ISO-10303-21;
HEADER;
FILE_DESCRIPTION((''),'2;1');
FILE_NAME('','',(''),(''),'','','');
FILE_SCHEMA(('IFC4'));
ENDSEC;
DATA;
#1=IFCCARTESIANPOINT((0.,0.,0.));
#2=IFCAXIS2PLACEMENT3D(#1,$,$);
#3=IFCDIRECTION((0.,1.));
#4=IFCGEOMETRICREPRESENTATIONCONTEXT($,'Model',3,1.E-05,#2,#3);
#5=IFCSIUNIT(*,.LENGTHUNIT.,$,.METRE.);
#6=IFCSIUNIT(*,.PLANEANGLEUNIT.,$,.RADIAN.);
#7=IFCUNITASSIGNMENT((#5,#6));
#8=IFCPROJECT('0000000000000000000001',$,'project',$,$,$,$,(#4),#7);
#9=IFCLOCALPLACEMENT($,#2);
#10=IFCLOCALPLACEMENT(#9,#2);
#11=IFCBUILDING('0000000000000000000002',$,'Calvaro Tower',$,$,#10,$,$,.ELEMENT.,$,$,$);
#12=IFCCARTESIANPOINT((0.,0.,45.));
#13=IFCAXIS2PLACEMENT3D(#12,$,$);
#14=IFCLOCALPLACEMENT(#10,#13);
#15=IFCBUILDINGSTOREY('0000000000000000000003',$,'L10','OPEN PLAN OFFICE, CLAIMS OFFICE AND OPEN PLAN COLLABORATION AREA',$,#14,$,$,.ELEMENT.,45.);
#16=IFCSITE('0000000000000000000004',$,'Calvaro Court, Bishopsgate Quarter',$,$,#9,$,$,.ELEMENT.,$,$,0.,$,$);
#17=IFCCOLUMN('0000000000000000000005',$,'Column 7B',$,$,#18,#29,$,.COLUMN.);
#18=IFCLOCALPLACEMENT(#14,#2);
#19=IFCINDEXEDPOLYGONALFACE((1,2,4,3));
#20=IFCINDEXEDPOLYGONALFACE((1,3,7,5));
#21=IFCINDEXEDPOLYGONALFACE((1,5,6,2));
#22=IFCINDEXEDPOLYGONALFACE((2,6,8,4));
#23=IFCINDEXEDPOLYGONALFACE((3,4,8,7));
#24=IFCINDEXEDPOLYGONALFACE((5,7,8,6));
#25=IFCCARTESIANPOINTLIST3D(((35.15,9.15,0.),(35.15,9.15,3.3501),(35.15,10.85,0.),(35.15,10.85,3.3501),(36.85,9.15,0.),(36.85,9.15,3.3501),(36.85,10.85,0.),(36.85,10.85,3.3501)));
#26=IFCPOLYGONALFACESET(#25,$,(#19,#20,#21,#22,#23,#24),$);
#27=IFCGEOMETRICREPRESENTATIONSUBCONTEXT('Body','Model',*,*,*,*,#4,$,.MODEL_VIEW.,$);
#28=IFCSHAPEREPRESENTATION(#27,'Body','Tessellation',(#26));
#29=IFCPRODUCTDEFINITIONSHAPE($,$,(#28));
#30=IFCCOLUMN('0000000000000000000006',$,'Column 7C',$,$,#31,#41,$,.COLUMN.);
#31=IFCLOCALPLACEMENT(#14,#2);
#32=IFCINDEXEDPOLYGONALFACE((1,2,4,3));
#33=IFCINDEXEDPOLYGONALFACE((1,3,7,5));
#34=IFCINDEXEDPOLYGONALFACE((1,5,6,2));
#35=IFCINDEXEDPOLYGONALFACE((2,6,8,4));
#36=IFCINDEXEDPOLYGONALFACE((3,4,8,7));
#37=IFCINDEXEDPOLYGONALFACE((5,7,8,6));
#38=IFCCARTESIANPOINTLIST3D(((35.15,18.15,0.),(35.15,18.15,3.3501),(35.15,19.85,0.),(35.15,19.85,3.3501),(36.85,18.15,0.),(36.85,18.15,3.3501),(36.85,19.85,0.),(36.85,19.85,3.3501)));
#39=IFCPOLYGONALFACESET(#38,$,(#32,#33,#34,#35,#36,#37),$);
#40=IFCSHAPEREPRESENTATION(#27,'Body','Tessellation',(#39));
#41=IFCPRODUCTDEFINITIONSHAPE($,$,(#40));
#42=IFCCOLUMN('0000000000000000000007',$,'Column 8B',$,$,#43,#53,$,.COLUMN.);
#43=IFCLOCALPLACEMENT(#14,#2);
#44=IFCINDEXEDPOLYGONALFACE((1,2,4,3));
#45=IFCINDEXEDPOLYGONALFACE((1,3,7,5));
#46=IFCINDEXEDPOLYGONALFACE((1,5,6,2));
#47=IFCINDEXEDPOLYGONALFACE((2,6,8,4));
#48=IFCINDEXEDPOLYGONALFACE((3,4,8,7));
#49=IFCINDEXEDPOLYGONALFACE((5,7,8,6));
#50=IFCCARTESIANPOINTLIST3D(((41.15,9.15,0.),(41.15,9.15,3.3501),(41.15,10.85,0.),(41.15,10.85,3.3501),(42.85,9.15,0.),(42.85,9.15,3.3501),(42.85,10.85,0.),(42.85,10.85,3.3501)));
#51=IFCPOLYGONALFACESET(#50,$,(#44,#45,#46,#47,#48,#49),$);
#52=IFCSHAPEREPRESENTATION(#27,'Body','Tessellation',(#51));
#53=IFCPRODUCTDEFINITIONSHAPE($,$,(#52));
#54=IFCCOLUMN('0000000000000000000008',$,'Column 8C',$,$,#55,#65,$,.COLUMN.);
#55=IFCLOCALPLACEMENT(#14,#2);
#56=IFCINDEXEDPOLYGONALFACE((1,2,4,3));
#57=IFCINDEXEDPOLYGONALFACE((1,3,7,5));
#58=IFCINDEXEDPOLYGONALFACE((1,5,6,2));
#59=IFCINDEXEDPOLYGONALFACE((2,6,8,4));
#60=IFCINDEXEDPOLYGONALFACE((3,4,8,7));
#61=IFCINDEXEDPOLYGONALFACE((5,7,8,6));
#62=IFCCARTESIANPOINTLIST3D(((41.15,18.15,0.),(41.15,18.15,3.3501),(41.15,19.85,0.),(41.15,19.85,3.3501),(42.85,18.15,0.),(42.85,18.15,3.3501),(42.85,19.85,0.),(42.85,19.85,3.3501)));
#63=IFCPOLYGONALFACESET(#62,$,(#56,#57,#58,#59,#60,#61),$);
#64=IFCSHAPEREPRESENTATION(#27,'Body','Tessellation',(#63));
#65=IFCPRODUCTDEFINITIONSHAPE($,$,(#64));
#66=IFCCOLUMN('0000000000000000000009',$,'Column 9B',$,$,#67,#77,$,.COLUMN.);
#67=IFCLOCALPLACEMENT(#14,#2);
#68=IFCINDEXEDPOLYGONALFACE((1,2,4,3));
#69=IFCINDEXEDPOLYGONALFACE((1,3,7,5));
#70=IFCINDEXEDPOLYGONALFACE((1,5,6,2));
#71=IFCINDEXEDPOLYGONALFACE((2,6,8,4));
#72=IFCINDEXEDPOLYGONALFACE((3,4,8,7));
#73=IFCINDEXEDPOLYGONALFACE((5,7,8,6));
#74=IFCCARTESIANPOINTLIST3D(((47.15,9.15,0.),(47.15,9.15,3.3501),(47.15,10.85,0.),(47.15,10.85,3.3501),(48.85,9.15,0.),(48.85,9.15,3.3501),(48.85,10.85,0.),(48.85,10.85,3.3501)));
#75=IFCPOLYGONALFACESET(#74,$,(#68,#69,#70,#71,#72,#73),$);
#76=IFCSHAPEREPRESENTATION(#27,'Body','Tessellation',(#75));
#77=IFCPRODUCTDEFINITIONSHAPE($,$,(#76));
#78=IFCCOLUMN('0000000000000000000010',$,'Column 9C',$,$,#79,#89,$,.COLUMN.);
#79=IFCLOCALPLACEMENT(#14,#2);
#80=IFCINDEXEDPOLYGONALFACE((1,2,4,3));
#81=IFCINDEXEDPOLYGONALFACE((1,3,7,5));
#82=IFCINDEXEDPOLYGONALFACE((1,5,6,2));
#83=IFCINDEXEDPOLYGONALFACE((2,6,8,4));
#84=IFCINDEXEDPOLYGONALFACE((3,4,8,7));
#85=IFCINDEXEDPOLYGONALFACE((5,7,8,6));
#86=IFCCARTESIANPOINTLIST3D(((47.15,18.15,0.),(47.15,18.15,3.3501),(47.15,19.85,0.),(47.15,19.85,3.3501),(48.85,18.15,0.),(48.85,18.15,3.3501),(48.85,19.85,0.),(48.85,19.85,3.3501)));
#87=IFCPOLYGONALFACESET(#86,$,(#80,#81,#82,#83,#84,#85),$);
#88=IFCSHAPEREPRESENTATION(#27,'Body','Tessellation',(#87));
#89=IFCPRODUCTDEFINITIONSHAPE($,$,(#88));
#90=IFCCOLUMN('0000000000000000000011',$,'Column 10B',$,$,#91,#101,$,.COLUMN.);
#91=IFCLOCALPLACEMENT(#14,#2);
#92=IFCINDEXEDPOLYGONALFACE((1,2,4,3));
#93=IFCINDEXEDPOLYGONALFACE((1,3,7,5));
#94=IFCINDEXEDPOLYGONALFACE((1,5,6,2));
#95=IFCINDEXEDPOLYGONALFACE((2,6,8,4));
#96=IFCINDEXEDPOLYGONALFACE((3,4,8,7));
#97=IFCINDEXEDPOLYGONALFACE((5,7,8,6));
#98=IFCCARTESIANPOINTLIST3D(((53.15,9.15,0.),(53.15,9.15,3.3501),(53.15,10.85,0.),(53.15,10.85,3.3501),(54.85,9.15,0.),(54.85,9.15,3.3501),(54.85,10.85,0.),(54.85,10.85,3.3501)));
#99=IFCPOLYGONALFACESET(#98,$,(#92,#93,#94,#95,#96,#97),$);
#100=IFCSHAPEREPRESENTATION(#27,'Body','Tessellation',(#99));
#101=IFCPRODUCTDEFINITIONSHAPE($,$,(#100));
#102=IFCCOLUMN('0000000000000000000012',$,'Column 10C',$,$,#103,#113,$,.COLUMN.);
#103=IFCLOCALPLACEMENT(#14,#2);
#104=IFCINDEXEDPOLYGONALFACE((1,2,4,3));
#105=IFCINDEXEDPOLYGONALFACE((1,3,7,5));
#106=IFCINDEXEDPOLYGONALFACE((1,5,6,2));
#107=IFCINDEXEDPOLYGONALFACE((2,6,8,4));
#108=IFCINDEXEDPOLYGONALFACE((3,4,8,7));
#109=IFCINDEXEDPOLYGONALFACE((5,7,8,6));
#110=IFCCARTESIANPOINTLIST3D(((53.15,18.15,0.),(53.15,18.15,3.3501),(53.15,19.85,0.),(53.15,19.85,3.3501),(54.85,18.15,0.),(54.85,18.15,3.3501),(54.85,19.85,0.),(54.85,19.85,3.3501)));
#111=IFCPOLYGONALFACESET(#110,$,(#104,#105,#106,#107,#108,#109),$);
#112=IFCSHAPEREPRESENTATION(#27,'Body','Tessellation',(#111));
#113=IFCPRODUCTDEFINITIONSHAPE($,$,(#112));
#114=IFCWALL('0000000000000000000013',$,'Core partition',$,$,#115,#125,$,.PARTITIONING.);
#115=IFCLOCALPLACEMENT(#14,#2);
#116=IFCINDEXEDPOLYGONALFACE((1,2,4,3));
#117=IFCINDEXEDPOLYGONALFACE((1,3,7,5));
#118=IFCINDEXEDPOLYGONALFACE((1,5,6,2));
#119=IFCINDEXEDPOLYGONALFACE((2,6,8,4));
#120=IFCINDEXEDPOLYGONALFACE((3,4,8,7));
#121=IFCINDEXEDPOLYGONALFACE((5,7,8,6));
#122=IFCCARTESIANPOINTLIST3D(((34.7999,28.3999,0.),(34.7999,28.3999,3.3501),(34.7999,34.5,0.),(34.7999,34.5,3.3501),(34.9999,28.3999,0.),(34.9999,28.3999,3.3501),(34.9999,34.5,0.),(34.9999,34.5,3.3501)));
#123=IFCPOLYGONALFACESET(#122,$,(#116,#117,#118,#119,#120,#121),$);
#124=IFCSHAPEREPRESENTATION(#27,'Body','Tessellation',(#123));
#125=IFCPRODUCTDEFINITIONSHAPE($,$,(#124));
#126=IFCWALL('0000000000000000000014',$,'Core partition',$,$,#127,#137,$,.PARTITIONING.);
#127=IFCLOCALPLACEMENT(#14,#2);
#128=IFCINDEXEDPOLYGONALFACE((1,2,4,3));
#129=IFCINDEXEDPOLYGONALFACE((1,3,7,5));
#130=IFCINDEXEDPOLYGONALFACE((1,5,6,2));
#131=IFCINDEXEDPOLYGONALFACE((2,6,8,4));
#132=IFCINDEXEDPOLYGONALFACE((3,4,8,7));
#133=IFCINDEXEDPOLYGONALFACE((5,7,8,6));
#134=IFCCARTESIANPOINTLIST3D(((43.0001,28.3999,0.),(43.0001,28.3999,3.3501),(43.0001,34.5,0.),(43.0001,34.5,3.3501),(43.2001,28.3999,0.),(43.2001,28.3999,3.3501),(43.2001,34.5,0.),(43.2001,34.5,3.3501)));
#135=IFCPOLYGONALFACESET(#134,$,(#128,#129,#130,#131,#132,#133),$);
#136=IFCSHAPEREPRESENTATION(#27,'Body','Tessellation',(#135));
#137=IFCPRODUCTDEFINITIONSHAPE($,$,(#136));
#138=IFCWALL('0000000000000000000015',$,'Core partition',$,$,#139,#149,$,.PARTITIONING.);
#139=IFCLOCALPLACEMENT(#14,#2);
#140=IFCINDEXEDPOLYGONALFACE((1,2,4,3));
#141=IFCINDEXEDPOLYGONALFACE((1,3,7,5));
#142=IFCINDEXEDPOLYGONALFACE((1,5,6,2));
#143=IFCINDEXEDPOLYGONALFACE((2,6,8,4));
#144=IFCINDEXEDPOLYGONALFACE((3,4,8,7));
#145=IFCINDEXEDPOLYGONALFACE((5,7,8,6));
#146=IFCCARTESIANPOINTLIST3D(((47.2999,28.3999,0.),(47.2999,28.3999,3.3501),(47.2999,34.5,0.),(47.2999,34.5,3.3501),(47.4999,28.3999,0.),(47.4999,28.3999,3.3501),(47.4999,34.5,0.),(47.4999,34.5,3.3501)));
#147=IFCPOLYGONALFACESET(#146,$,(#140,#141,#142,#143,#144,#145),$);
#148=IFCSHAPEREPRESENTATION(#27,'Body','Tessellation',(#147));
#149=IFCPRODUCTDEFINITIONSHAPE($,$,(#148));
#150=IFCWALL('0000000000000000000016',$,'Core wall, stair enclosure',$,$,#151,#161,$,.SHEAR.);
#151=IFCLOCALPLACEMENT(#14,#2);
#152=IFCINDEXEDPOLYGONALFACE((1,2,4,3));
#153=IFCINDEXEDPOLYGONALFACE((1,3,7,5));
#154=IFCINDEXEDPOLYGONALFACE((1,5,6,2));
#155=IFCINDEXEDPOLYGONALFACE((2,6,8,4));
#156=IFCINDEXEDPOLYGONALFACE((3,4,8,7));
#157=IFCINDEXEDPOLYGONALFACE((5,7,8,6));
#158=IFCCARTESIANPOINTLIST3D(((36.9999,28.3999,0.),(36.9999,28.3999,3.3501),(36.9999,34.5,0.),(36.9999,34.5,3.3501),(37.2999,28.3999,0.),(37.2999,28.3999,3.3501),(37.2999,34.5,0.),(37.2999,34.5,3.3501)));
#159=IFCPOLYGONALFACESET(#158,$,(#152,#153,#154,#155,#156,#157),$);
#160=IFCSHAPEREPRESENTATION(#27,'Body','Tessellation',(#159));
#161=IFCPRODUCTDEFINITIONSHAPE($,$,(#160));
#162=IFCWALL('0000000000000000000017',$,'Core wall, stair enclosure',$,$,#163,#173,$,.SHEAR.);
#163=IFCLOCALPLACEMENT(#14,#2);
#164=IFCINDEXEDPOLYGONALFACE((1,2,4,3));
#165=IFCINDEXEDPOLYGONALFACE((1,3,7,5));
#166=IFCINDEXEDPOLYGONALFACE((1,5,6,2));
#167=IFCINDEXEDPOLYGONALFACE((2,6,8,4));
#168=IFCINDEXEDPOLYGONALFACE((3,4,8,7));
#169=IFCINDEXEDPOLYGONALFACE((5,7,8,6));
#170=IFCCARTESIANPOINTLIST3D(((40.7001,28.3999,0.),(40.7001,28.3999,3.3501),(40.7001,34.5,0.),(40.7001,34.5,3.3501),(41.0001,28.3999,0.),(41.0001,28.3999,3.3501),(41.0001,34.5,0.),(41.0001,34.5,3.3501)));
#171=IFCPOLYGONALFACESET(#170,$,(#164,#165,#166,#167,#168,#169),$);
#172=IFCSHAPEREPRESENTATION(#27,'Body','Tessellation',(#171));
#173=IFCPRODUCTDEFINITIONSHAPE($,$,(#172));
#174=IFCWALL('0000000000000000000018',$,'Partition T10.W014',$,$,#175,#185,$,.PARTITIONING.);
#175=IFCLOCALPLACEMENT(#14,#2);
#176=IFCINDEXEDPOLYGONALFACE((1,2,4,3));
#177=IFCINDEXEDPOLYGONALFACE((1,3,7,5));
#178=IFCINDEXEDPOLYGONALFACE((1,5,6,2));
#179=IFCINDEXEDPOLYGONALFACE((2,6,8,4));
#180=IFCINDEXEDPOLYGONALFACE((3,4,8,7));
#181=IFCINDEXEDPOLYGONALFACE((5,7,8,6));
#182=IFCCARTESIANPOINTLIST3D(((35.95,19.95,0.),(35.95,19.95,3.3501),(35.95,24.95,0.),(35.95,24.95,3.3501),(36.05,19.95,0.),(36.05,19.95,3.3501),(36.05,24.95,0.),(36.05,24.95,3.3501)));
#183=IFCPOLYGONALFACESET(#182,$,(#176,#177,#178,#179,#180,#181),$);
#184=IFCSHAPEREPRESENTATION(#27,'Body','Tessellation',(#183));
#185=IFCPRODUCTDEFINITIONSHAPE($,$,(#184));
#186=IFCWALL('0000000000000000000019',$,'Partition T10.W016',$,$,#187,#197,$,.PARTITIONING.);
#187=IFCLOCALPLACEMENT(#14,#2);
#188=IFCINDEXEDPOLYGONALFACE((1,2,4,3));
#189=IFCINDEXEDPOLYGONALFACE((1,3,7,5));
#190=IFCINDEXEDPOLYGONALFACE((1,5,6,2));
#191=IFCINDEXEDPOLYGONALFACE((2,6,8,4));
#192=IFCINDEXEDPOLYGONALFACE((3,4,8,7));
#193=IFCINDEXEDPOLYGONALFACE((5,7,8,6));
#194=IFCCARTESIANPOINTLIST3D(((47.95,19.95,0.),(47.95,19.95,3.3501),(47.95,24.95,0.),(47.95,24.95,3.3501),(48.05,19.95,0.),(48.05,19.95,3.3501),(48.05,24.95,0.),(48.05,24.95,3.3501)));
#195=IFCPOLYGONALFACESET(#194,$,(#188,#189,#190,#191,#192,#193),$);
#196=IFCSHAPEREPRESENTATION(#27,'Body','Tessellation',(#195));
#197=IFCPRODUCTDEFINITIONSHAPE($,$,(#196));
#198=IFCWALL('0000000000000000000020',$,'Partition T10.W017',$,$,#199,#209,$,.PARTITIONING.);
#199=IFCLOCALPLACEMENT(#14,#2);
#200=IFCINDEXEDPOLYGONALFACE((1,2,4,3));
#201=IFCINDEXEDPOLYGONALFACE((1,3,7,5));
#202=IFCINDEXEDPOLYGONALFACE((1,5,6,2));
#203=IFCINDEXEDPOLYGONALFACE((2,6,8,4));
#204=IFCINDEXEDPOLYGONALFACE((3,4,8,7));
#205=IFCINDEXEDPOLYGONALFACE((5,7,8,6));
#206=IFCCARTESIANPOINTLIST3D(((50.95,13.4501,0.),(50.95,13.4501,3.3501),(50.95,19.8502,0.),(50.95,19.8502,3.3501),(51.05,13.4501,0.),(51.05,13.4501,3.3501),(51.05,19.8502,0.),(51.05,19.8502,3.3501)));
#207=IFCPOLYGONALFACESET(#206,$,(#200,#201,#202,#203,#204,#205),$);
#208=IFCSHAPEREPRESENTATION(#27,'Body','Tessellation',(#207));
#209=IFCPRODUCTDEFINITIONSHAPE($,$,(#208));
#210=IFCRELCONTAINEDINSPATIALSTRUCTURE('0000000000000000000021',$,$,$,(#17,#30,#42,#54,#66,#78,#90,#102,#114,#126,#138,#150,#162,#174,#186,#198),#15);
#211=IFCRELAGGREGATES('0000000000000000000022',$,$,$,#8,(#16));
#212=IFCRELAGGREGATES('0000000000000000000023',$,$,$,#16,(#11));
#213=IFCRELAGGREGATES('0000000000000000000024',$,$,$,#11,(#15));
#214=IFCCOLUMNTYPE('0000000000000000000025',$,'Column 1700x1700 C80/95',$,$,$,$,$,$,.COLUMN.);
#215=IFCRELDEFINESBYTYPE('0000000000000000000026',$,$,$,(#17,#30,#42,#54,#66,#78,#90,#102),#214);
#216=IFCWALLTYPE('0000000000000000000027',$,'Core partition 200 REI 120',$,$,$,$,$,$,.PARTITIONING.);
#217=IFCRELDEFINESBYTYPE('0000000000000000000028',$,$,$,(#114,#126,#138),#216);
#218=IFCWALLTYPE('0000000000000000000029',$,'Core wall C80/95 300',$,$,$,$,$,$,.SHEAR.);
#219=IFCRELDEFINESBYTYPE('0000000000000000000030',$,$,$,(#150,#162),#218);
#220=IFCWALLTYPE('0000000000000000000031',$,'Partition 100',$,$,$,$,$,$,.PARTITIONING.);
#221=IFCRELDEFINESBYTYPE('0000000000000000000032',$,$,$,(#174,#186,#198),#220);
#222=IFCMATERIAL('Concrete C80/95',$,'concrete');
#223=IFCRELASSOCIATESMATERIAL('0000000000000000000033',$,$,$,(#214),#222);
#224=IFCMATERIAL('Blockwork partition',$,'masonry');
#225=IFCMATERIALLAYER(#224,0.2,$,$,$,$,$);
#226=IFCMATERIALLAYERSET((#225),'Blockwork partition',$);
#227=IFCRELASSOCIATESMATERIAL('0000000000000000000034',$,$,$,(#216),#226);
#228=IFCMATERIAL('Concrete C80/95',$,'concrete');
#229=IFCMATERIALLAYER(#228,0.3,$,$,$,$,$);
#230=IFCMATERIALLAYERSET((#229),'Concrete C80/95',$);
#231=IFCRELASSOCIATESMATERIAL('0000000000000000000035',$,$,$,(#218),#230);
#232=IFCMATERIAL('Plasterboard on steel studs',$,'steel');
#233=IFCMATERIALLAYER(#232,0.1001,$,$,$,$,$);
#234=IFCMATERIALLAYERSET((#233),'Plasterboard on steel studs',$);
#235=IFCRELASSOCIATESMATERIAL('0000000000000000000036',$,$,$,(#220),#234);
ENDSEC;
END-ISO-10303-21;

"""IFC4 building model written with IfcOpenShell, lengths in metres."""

from ifc_helpers import new_model, si_unit, direction, frame, frame_2d, origin, origin_2d, place, context, subcontext, project, spatial, rectangle, extrude, material, layer, layer_set, material_profile, profile_set, type_object, element, save


model = new_model("IFC4")

# Units and contexts
model_context = context("Model", 3, precision=1e-05, world=origin(), true_north=direction((0.0, 1.0)))
body_context = subcontext(model_context, "Body", "Model", "MODEL_VIEW")
ifc_project = project(units=[si_unit("LENGTHUNIT", "METRE"), si_unit("PLANEANGLEUNIT", "RADIAN")], contexts=[model_context])

# Site, building, storey
site_placement = place(None, origin())
site = spatial("IfcSite", under=ifc_project, at=site_placement, Name="Calvaro Court, Bishopsgate Quarter", CompositionType="ELEMENT", RefElevation=0.0)
building_placement = place(site_placement, origin())
building = spatial("IfcBuilding", under=site, at=building_placement, Name="Calvaro Tower", CompositionType="ELEMENT")
storey_placement = place(building_placement, frame((0.0, 0.0, 45.0)))
storey = spatial("IfcBuildingStorey", under=building, at=storey_placement, Name="L10", Description="OPEN PLAN OFFICE, CLAIMS OFFICE AND OPEN PLAN COLLABORATION AREA", CompositionType="ELEMENT", Elevation=45.0)

# Columns
ifc_material_1 = material(Name="Concrete C80/95", Category="concrete")
ifc_material_profile = material_profile(ifc_material_1, rectangle(XDim=1.7, YDim=1.7, at=origin_2d()), Name="RC 1700x1700")
ifc_profile_set = profile_set([ifc_material_profile], Name="Concrete C80/95")
column_type = type_object("IfcColumnType", Name="Column 1700x1700 C80/95", PredefinedType="COLUMN", material=ifc_profile_set)
for number, where, z_axis, x_axis, name in (
    (1, (36.0, 10.0, 0.0), (0.0, 0.0, 1.0), (1.0, 0.0, 0.0), "Column 7B"),
    (2, (36.0, 19.0, 0.0), (0.0, 0.0, 1.0), (1.0, 0.0, 0.0), "Column 7C"),
    (3, (42.0, 10.0, 0.0), (0.0, 0.0, 1.0), (1.0, 0.0, 0.0), "Column 8B"),
    (4, (42.0, 19.0, 0.0), (0.0, 0.0, 1.0), (1.0, 0.0, 0.0), "Column 8C"),
    (5, (48.0, 10.0, 0.0), (0.0, 0.0, 1.0), (1.0, 0.0, 0.0), "Column 9B"),
    (6, (48.0, 19.0, 0.0), (0.0, 0.0, 1.0), (1.0, 0.0, 0.0), "Column 9C"),
    (7, (54.0, 10.0, 0.0), (0.0, 0.0, 1.0), (1.0, 0.0, 0.0), "Column 10B"),
    (8, (54.0, 19.0, 0.0), (0.0, 0.0, 1.0), (1.0, 0.0, 0.0), "Column 10C"),
):
    element("IfcColumn", number, at=place(storey_placement, frame(where, z_axis=z_axis, x_axis=x_axis)), inside=storey, type_object=column_type, Name=name, PredefinedType="COLUMN", context=body_context, shape_type="SweptSolid", body=[
        extrude(rectangle(XDim=1.7, YDim=1.7, at=origin_2d()), origin(), (0.0, 0.0, 1.0), 3.3501),
    ])

# Walls
ifc_material_2 = material(Name="Blockwork partition", Category="masonry")
ifc_layer_1 = layer(ifc_material_2, 0.2)
ifc_layer_set_1 = layer_set([ifc_layer_1], Name="Blockwork partition")
wall_type_1 = type_object("IfcWallType", Name="Core partition 200 REI 120", PredefinedType="PARTITIONING", material=ifc_layer_set_1)
for number, where, z_axis, x_axis, name in (
    (9, (34.8999, 28.3999, 0.0), (0.0, 0.0, 1.0), (0.0, 1.0, 0.0), "Core partition"),
    (10, (43.1001, 28.3999, 0.0), (0.0, 0.0, 1.0), (0.0, 1.0, 0.0), "Core partition"),
    (11, (47.3999, 28.3999, 0.0), (0.0, 0.0, 1.0), (0.0, 1.0, 0.0), "Core partition"),
):
    element("IfcWall", number, at=place(storey_placement, frame(where, z_axis=z_axis, x_axis=x_axis)), inside=storey, type_object=wall_type_1, Name=name, PredefinedType="PARTITIONING", context=body_context, shape_type="SweptSolid", body=[
        extrude(rectangle(XDim=6.1001, YDim=0.2, at=frame_2d((3.05, 0.0))), origin(), (0.0, 0.0, 1.0), 3.3501),
    ])
ifc_material_3 = material(Name="Concrete C80/95", Category="concrete")
ifc_layer_2 = layer(ifc_material_3, 0.3)
ifc_layer_set_2 = layer_set([ifc_layer_2], Name="Concrete C80/95")
wall_type_2 = type_object("IfcWallType", Name="Core wall C80/95 300", PredefinedType="SHEAR", material=ifc_layer_set_2)
for number, where, z_axis, x_axis, name in (
    (12, (37.1499, 28.3999, 0.0), (0.0, 0.0, 1.0), (0.0, 1.0, 0.0), "Core wall, stair enclosure"),
    (13, (40.8501, 28.3999, 0.0), (0.0, 0.0, 1.0), (0.0, 1.0, 0.0), "Core wall, stair enclosure"),
):
    element("IfcWall", number, at=place(storey_placement, frame(where, z_axis=z_axis, x_axis=x_axis)), inside=storey, type_object=wall_type_2, Name=name, PredefinedType="SHEAR", context=body_context, shape_type="SweptSolid", body=[
        extrude(rectangle(XDim=6.1001, YDim=0.3, at=frame_2d((3.05, 0.0))), origin(), (0.0, 0.0, 1.0), 3.3501),
    ])
ifc_material_4 = material(Name="Plasterboard on steel studs", Category="steel")
ifc_layer_3 = layer(ifc_material_4, 0.1001)
ifc_layer_set_3 = layer_set([ifc_layer_3], Name="Plasterboard on steel studs")
wall_type_3 = type_object("IfcWallType", Name="Partition 100", PredefinedType="PARTITIONING", material=ifc_layer_set_3)
for number, where, z_axis, x_axis, name in (
    (14, (36.0, 19.95, 0.0), (0.0, 0.0, 1.0), (0.0, 1.0, 0.0), "Partition T10.W014"),
    (15, (48.0, 19.95, 0.0), (0.0, 0.0, 1.0), (0.0, 1.0, 0.0), "Partition T10.W016"),
):
    element("IfcWall", number, at=place(storey_placement, frame(where, z_axis=z_axis, x_axis=x_axis)), inside=storey, type_object=wall_type_3, Name=name, PredefinedType="PARTITIONING", context=body_context, shape_type="SweptSolid", body=[
        extrude(rectangle(XDim=5.0, YDim=0.1001, at=frame_2d((2.5, 0.0))), origin(), (0.0, 0.0, 1.0), 3.3501),
    ])
wall_placement = place(storey_placement, frame((51.0, 13.45, 0.0), z_axis=(0.0, 0.0, 1.0), x_axis=(0.0, 1.0, 0.0)))
element("IfcWall", 16, at=wall_placement, inside=storey, type_object=wall_type_3, Name="Partition T10.W017", PredefinedType="PARTITIONING", context=body_context, shape_type="SweptSolid", body=[
    extrude(rectangle(XDim=6.4001, YDim=0.1001, at=frame_2d((3.2002, 0.0))), origin(), (0.0, 0.0, 1.0), 3.3501),
])

save(model, "model.ifc")
